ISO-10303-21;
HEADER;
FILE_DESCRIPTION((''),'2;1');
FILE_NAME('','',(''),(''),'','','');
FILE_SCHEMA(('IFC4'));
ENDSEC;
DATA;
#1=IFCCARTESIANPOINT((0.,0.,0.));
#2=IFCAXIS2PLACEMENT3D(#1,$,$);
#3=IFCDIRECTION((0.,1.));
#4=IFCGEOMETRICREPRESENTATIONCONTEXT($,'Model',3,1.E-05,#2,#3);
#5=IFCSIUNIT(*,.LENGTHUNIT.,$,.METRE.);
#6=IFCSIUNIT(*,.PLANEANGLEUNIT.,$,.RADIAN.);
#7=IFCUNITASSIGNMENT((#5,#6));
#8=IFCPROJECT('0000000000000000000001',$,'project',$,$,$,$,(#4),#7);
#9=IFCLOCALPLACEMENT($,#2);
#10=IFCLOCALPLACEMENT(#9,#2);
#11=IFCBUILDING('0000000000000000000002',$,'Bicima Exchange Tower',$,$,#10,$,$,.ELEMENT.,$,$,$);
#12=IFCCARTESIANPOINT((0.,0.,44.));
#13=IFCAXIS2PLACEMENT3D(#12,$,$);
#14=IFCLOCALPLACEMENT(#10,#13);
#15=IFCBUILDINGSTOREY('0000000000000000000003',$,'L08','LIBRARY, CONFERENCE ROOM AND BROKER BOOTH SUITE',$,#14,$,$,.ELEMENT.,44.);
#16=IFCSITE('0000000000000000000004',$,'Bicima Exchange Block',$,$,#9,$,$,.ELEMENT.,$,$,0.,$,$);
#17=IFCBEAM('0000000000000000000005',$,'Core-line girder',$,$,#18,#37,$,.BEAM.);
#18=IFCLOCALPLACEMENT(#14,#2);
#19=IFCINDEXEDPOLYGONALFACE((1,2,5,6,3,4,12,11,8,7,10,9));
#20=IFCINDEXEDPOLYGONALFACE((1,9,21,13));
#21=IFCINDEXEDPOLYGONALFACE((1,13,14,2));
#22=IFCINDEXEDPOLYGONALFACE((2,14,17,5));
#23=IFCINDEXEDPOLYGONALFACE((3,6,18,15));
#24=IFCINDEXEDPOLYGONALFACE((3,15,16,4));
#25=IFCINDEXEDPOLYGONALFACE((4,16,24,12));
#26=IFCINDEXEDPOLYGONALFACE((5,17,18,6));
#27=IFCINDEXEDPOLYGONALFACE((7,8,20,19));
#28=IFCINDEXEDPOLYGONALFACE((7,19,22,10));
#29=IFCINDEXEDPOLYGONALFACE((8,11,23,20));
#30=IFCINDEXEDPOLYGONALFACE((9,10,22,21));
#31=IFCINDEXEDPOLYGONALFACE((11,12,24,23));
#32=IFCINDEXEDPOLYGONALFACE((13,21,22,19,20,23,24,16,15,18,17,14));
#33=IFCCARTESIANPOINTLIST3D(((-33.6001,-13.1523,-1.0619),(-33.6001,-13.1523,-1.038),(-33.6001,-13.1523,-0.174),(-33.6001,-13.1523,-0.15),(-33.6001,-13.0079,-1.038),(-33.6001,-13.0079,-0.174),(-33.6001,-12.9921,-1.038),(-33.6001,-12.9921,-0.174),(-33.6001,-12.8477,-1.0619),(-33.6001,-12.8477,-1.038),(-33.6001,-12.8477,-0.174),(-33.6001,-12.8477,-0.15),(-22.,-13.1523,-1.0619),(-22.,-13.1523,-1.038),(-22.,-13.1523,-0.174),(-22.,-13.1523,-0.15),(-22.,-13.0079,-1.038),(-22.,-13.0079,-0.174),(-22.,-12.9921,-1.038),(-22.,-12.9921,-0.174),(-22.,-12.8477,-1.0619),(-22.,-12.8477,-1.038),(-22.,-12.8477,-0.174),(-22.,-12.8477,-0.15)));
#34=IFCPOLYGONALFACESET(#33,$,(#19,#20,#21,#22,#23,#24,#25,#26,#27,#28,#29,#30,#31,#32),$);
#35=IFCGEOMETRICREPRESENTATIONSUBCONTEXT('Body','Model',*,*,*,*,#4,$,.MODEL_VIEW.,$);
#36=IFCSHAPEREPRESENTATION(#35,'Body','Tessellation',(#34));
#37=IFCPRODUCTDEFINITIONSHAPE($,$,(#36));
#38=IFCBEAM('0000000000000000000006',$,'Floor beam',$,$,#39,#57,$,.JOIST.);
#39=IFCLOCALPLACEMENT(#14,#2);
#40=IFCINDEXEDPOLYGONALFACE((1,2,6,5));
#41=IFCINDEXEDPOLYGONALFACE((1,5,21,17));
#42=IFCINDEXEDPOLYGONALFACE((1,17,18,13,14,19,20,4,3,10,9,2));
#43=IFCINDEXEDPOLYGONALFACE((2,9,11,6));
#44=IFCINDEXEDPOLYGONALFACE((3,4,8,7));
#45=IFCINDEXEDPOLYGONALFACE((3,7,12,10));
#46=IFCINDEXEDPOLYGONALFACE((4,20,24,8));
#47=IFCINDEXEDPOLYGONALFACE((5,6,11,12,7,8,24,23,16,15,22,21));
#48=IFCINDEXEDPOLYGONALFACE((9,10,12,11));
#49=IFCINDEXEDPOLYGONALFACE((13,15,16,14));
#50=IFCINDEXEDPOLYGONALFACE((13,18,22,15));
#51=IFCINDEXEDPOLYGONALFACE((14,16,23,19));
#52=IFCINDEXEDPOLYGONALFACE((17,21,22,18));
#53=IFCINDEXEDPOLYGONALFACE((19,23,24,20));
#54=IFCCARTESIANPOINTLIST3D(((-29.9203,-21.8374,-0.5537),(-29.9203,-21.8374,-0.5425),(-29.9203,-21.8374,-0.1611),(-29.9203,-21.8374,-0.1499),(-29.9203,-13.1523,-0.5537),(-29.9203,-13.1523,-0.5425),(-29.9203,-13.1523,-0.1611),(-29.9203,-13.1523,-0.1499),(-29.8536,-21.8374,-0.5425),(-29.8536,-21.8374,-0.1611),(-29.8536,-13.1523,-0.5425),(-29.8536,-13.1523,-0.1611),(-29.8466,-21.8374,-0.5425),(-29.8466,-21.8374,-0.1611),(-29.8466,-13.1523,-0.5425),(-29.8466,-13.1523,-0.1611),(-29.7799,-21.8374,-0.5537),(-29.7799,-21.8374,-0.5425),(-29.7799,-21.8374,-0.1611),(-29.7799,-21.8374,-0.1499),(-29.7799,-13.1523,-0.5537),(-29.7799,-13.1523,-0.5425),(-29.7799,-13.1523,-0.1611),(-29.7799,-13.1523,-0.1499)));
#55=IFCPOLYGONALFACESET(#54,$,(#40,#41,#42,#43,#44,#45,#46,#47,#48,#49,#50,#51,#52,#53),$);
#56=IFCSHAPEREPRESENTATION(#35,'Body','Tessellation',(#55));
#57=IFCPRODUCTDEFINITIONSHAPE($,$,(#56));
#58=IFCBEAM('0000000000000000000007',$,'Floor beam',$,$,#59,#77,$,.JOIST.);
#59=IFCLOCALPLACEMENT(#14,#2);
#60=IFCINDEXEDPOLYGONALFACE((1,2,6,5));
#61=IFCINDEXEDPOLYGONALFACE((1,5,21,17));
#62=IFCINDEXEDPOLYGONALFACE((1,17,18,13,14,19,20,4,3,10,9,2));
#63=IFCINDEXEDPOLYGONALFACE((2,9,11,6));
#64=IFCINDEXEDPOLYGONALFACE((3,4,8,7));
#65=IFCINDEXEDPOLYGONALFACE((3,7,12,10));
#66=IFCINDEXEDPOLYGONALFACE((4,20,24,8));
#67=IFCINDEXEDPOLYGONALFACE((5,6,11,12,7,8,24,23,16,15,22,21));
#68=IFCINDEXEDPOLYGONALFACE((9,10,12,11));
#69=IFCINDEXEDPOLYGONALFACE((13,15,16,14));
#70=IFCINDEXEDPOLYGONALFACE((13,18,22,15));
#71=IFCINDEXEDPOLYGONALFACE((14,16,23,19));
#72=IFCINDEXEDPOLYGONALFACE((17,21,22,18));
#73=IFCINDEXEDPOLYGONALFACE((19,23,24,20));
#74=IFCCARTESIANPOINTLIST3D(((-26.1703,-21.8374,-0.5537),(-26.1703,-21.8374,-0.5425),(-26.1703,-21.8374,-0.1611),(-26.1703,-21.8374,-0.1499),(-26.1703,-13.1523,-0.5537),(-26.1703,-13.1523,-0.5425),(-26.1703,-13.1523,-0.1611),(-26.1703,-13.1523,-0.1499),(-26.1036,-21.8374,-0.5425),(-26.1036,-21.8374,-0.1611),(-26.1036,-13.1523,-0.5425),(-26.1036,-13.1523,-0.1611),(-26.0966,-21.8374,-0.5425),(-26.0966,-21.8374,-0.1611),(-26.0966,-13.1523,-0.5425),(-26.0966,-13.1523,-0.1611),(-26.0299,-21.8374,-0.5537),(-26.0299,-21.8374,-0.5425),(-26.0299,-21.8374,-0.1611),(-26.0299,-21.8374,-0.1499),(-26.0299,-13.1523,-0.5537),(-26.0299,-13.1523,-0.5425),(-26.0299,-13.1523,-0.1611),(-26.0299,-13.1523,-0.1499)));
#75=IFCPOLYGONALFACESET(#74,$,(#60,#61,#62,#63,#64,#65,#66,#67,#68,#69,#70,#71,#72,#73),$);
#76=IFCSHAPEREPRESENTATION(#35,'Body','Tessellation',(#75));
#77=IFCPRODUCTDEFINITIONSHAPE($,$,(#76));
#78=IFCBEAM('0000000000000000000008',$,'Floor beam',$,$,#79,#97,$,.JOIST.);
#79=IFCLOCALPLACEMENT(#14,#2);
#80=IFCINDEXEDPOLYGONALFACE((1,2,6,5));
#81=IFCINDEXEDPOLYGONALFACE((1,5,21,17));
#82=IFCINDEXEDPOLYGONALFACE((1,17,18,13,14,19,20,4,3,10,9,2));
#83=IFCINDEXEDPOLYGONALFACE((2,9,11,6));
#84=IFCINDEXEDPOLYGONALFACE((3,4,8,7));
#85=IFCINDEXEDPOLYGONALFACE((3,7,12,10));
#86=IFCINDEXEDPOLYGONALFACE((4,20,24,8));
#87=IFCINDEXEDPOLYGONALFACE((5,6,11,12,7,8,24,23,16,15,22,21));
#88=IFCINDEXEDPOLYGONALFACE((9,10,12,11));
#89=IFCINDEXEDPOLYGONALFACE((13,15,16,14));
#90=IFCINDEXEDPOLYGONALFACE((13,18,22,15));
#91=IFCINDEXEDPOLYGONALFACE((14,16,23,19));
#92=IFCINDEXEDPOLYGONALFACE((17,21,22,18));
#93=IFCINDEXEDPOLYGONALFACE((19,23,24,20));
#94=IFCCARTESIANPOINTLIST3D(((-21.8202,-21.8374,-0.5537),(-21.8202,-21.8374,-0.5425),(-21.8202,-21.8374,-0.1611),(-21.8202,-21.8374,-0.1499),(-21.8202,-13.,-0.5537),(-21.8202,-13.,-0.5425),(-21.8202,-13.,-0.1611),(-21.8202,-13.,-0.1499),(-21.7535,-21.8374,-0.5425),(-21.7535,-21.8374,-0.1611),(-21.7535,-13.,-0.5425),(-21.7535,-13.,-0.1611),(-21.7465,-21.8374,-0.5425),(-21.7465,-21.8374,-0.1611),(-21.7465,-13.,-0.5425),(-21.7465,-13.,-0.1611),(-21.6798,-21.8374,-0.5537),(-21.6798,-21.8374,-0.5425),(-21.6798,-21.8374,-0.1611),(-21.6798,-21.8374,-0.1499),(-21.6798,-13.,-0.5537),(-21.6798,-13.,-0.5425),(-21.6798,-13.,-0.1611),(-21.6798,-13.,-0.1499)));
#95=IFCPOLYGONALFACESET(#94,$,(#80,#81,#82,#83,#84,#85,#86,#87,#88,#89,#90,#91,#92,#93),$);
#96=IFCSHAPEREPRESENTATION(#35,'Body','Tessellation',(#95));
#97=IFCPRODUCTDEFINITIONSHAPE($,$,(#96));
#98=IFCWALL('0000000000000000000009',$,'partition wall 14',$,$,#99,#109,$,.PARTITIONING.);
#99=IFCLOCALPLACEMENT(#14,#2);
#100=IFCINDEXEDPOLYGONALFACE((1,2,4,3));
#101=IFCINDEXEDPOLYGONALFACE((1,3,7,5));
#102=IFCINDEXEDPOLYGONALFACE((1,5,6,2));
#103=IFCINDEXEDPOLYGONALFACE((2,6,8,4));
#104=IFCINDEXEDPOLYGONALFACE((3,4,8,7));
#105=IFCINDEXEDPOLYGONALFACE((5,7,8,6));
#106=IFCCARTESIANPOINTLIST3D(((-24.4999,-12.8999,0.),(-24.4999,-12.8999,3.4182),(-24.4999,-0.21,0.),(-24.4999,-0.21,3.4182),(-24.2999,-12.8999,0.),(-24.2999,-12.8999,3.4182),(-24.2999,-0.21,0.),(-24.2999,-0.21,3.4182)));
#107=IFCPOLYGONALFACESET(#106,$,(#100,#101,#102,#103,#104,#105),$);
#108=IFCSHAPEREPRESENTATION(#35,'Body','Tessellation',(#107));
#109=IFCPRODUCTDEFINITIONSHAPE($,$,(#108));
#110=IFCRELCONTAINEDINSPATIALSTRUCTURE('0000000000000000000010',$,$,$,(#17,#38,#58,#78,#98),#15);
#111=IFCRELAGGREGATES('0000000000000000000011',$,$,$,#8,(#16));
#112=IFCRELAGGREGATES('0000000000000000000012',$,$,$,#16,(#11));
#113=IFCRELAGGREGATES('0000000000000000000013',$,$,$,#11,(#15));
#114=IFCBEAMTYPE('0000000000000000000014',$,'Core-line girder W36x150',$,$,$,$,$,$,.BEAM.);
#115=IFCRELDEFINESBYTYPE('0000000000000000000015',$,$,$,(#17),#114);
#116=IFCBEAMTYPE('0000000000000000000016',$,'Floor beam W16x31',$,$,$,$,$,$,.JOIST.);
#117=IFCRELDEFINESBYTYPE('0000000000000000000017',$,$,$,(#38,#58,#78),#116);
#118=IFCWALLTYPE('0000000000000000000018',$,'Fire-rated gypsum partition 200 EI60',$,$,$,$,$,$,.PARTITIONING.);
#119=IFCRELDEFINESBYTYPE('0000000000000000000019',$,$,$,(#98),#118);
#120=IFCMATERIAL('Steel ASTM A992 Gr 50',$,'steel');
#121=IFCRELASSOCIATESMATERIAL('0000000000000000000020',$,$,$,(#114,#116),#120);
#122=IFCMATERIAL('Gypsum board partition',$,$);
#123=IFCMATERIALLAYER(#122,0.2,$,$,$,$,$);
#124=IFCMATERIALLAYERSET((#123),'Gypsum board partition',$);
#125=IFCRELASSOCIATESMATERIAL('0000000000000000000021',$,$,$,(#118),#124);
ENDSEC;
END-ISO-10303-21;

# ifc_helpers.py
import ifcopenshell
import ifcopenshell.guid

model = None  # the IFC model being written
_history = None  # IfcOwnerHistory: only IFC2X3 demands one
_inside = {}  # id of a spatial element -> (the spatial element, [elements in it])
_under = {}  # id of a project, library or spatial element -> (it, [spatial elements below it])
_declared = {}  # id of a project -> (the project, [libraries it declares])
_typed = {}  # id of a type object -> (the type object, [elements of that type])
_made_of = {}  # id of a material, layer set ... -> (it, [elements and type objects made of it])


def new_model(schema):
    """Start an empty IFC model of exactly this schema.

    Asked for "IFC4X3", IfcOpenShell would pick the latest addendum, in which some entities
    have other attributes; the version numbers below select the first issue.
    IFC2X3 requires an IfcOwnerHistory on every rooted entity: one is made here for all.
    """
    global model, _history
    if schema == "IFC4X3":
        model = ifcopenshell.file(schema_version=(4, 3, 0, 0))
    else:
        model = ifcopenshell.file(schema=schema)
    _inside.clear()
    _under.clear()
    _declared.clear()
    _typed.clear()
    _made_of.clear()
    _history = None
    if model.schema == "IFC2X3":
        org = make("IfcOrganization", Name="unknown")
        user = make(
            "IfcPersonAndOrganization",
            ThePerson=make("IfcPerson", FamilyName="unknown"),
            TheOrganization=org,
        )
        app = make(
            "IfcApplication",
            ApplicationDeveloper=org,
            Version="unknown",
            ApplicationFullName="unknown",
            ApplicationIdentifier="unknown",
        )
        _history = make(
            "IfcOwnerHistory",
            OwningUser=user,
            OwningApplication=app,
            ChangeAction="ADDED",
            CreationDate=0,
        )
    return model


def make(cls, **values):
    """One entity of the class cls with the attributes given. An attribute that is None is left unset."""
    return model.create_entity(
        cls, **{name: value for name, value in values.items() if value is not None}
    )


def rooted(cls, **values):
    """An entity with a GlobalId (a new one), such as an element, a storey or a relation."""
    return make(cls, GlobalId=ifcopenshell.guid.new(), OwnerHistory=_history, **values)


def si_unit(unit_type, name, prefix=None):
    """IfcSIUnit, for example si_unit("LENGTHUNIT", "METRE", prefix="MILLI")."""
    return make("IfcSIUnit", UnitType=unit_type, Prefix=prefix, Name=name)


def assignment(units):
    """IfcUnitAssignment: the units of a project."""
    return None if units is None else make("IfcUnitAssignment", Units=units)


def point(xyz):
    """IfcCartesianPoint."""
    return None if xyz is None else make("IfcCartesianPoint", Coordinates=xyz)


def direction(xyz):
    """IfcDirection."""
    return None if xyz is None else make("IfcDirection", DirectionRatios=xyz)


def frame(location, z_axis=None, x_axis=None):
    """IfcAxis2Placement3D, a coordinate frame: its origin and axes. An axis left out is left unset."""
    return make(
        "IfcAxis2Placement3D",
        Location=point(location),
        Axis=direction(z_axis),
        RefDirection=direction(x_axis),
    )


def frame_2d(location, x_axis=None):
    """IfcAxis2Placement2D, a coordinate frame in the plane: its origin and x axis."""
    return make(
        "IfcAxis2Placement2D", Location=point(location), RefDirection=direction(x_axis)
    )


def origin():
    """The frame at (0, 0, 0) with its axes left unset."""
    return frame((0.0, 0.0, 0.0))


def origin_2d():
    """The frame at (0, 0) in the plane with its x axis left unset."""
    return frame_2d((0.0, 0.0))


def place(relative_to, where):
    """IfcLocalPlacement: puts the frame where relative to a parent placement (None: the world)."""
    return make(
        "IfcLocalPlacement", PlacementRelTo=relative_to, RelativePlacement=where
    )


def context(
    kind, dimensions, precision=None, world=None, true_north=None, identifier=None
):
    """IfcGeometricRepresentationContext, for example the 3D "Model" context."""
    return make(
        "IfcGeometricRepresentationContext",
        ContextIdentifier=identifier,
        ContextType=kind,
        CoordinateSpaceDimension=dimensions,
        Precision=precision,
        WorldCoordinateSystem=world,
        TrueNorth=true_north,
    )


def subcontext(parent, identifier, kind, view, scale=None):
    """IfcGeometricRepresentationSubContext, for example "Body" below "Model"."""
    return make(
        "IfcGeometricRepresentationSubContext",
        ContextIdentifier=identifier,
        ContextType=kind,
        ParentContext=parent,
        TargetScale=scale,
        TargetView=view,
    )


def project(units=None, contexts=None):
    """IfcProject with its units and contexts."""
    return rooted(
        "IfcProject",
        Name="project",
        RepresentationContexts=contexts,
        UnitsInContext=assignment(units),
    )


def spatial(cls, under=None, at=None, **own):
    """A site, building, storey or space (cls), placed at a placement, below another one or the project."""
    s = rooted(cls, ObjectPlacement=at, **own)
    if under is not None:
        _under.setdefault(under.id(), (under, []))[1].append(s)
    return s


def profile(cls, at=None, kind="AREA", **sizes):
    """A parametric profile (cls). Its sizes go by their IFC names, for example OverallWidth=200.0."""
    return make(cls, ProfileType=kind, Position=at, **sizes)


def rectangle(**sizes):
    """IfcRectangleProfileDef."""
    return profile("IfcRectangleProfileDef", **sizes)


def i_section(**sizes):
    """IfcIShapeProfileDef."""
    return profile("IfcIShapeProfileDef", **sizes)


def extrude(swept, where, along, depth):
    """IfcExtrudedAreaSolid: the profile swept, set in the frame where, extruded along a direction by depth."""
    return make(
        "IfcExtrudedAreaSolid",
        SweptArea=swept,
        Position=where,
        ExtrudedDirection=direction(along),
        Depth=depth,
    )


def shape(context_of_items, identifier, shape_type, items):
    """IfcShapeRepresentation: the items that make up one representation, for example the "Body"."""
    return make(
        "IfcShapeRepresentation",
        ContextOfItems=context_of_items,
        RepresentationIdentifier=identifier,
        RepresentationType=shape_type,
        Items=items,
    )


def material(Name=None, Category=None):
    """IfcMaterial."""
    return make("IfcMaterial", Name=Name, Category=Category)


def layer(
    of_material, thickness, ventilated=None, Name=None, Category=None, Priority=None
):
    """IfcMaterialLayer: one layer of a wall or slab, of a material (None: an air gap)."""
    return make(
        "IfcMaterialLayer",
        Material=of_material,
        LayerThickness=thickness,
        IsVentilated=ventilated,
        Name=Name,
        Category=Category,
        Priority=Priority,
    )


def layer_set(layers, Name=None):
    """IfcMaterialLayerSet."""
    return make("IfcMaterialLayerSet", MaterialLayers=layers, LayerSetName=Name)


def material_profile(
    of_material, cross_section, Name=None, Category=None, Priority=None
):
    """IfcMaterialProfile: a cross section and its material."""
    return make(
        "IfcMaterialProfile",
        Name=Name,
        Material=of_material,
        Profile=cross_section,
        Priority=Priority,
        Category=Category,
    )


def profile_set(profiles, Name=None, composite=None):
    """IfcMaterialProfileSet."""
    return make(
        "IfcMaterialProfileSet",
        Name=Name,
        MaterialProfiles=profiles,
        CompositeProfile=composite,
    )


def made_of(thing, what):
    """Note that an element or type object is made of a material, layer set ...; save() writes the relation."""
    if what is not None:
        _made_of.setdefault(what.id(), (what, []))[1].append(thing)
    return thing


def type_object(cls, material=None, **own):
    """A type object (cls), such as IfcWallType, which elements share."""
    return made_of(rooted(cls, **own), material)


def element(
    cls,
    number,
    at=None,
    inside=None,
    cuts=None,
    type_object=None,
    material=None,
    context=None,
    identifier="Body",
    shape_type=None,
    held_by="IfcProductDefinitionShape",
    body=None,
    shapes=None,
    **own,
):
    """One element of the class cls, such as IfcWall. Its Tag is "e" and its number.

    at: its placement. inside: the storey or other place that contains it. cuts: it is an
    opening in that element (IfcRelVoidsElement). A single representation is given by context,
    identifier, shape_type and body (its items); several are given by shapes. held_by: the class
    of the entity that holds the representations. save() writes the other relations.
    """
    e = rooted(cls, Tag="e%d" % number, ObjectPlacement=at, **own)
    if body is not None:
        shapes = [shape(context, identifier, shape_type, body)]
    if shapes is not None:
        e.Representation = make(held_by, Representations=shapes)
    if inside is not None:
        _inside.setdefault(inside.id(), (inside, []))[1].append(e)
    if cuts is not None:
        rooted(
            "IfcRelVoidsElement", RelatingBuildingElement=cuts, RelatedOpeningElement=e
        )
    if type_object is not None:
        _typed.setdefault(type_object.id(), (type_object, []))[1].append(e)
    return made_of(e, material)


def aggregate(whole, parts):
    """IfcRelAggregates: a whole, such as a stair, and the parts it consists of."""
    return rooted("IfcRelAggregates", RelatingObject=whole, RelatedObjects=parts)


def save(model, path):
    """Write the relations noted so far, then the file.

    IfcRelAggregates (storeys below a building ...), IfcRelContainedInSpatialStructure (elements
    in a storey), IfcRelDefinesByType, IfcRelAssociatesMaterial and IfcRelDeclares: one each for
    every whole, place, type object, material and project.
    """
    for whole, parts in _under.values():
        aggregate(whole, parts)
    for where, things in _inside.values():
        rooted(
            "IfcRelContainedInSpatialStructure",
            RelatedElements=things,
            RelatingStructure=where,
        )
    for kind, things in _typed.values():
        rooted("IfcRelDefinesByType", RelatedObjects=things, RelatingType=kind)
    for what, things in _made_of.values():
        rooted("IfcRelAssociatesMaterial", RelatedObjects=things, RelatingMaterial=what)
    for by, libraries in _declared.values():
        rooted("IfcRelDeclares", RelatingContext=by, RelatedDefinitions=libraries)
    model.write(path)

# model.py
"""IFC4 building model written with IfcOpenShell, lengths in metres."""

from ifc_helpers import new_model, si_unit, direction, frame, frame_2d, origin, origin_2d, place, context, subcontext, project, spatial, rectangle, i_section, extrude, material, layer, layer_set, material_profile, profile_set, type_object, element, save


model = new_model("IFC4")

# Units and contexts
model_context = context("Model", 3, precision=1e-05, world=origin(), true_north=direction((0.0, 1.0)))
body_context = subcontext(model_context, "Body", "Model", "MODEL_VIEW")
ifc_project = project(units=[si_unit("LENGTHUNIT", "METRE"), si_unit("PLANEANGLEUNIT", "RADIAN")], contexts=[model_context])

# Site, building, storey
site_placement = place(None, origin())
site = spatial("IfcSite", under=ifc_project, at=site_placement, Name="Bicima Exchange Block", CompositionType="ELEMENT", RefElevation=0.0)
building_placement = place(site_placement, origin())
building = spatial("IfcBuilding", under=site, at=building_placement, Name="Bicima Exchange Tower", CompositionType="ELEMENT")
storey_placement = place(building_placement, frame((0.0, 0.0, 44.0)))
storey = spatial("IfcBuildingStorey", under=building, at=storey_placement, Name="L08", Description="LIBRARY, CONFERENCE ROOM AND BROKER BOOTH SUITE", CompositionType="ELEMENT", Elevation=44.0)

# Beams
ifc_material_1 = material(Name="Steel ASTM A992 Gr 50", Category="steel")
ifc_material_profile_1 = material_profile(ifc_material_1, i_section(OverallWidth=0.3047, OverallDepth=0.9119, WebThickness=0.0159, FlangeThickness=0.0239, at=origin_2d()))
ifc_profile_set_1 = profile_set([ifc_material_profile_1], Name="Steel ASTM A992 Gr 50")
beam_type_1 = type_object("IfcBeamType", Name="Core-line girder W36x150", PredefinedType="BEAM", material=ifc_profile_set_1)
beam_1_placement = place(storey_placement, frame((-22.0, -13.0, -0.606), z_axis=(-1.0, 0.0, 0.0), x_axis=(0.0, -1.0, 0.0)))
element("IfcBeam", 1, at=beam_1_placement, inside=storey, type_object=beam_type_1, Name="Core-line girder", PredefinedType="BEAM", context=body_context, shape_type="SweptSolid", body=[
    extrude(i_section(OverallWidth=0.3047, OverallDepth=0.9119, WebThickness=0.0159, FlangeThickness=0.0239, at=origin_2d()), origin(), (0.0, 0.0, 1.0), 11.6001),
])
ifc_material_profile_2 = material_profile(ifc_material_1, i_section(OverallWidth=0.1404, OverallDepth=0.4038, WebThickness=0.0071, FlangeThickness=0.0112, at=origin_2d()))
ifc_profile_set_2 = profile_set([ifc_material_profile_2], Name="Steel ASTM A992 Gr 50")
beam_type_2 = type_object("IfcBeamType", Name="Floor beam W16x31", PredefinedType="JOIST", material=ifc_profile_set_2)
for number, where, z_axis, x_axis, name in (
    (2, (-29.8501, -13.1523, -0.3518), (0.0, -1.0, 0.0), (1.0, 0.0, 0.0), "Floor beam"),
    (3, (-26.1001, -13.1523, -0.3518), (0.0, -1.0, 0.0), (1.0, 0.0, 0.0), "Floor beam"),
):
    element("IfcBeam", number, at=place(storey_placement, frame(where, z_axis=z_axis, x_axis=x_axis)), inside=storey, type_object=beam_type_2, Name=name, PredefinedType="JOIST", context=body_context, shape_type="SweptSolid", body=[
        extrude(i_section(OverallWidth=0.1404, OverallDepth=0.4038, WebThickness=0.0071, FlangeThickness=0.0112, at=origin_2d()), origin(), (0.0, 0.0, 1.0), 8.6851),
    ])
beam_2_placement = place(storey_placement, frame((-21.75, -13.0, -0.3518), z_axis=(0.0, -1.0, 0.0), x_axis=(1.0, 0.0, 0.0)))
element("IfcBeam", 4, at=beam_2_placement, inside=storey, type_object=beam_type_2, Name="Floor beam", PredefinedType="JOIST", context=body_context, shape_type="SweptSolid", body=[
    extrude(i_section(OverallWidth=0.1404, OverallDepth=0.4038, WebThickness=0.0071, FlangeThickness=0.0112, at=origin_2d()), origin(), (0.0, 0.0, 1.0), 8.8374),
])

# Wall
ifc_material_2 = material(Name="Gypsum board partition")
ifc_layer_1 = layer(ifc_material_2, 0.2)
ifc_layer_set_1 = layer_set([ifc_layer_1], Name="Gypsum board partition")
wall_type_1 = type_object("IfcWallType", Name="Fire-rated gypsum partition 200 EI60", PredefinedType="PARTITIONING", material=ifc_layer_set_1)
wall_1_placement = place(storey_placement, frame((-24.3999, -12.8999, 0.0), z_axis=(0.0, 0.0, 1.0), x_axis=(0.0, 1.0, 0.0)))
element("IfcWall", 5, at=wall_1_placement, inside=storey, type_object=wall_type_1, Name="partition wall 14", PredefinedType="PARTITIONING", context=body_context, shape_type="SweptSolid", body=[
    extrude(rectangle(XDim=12.6899, YDim=0.2, at=frame_2d((6.345, 0.0))), origin(), (0.0, 0.0, 1.0), 3.4182),
])

save(model, "model.ifc")
